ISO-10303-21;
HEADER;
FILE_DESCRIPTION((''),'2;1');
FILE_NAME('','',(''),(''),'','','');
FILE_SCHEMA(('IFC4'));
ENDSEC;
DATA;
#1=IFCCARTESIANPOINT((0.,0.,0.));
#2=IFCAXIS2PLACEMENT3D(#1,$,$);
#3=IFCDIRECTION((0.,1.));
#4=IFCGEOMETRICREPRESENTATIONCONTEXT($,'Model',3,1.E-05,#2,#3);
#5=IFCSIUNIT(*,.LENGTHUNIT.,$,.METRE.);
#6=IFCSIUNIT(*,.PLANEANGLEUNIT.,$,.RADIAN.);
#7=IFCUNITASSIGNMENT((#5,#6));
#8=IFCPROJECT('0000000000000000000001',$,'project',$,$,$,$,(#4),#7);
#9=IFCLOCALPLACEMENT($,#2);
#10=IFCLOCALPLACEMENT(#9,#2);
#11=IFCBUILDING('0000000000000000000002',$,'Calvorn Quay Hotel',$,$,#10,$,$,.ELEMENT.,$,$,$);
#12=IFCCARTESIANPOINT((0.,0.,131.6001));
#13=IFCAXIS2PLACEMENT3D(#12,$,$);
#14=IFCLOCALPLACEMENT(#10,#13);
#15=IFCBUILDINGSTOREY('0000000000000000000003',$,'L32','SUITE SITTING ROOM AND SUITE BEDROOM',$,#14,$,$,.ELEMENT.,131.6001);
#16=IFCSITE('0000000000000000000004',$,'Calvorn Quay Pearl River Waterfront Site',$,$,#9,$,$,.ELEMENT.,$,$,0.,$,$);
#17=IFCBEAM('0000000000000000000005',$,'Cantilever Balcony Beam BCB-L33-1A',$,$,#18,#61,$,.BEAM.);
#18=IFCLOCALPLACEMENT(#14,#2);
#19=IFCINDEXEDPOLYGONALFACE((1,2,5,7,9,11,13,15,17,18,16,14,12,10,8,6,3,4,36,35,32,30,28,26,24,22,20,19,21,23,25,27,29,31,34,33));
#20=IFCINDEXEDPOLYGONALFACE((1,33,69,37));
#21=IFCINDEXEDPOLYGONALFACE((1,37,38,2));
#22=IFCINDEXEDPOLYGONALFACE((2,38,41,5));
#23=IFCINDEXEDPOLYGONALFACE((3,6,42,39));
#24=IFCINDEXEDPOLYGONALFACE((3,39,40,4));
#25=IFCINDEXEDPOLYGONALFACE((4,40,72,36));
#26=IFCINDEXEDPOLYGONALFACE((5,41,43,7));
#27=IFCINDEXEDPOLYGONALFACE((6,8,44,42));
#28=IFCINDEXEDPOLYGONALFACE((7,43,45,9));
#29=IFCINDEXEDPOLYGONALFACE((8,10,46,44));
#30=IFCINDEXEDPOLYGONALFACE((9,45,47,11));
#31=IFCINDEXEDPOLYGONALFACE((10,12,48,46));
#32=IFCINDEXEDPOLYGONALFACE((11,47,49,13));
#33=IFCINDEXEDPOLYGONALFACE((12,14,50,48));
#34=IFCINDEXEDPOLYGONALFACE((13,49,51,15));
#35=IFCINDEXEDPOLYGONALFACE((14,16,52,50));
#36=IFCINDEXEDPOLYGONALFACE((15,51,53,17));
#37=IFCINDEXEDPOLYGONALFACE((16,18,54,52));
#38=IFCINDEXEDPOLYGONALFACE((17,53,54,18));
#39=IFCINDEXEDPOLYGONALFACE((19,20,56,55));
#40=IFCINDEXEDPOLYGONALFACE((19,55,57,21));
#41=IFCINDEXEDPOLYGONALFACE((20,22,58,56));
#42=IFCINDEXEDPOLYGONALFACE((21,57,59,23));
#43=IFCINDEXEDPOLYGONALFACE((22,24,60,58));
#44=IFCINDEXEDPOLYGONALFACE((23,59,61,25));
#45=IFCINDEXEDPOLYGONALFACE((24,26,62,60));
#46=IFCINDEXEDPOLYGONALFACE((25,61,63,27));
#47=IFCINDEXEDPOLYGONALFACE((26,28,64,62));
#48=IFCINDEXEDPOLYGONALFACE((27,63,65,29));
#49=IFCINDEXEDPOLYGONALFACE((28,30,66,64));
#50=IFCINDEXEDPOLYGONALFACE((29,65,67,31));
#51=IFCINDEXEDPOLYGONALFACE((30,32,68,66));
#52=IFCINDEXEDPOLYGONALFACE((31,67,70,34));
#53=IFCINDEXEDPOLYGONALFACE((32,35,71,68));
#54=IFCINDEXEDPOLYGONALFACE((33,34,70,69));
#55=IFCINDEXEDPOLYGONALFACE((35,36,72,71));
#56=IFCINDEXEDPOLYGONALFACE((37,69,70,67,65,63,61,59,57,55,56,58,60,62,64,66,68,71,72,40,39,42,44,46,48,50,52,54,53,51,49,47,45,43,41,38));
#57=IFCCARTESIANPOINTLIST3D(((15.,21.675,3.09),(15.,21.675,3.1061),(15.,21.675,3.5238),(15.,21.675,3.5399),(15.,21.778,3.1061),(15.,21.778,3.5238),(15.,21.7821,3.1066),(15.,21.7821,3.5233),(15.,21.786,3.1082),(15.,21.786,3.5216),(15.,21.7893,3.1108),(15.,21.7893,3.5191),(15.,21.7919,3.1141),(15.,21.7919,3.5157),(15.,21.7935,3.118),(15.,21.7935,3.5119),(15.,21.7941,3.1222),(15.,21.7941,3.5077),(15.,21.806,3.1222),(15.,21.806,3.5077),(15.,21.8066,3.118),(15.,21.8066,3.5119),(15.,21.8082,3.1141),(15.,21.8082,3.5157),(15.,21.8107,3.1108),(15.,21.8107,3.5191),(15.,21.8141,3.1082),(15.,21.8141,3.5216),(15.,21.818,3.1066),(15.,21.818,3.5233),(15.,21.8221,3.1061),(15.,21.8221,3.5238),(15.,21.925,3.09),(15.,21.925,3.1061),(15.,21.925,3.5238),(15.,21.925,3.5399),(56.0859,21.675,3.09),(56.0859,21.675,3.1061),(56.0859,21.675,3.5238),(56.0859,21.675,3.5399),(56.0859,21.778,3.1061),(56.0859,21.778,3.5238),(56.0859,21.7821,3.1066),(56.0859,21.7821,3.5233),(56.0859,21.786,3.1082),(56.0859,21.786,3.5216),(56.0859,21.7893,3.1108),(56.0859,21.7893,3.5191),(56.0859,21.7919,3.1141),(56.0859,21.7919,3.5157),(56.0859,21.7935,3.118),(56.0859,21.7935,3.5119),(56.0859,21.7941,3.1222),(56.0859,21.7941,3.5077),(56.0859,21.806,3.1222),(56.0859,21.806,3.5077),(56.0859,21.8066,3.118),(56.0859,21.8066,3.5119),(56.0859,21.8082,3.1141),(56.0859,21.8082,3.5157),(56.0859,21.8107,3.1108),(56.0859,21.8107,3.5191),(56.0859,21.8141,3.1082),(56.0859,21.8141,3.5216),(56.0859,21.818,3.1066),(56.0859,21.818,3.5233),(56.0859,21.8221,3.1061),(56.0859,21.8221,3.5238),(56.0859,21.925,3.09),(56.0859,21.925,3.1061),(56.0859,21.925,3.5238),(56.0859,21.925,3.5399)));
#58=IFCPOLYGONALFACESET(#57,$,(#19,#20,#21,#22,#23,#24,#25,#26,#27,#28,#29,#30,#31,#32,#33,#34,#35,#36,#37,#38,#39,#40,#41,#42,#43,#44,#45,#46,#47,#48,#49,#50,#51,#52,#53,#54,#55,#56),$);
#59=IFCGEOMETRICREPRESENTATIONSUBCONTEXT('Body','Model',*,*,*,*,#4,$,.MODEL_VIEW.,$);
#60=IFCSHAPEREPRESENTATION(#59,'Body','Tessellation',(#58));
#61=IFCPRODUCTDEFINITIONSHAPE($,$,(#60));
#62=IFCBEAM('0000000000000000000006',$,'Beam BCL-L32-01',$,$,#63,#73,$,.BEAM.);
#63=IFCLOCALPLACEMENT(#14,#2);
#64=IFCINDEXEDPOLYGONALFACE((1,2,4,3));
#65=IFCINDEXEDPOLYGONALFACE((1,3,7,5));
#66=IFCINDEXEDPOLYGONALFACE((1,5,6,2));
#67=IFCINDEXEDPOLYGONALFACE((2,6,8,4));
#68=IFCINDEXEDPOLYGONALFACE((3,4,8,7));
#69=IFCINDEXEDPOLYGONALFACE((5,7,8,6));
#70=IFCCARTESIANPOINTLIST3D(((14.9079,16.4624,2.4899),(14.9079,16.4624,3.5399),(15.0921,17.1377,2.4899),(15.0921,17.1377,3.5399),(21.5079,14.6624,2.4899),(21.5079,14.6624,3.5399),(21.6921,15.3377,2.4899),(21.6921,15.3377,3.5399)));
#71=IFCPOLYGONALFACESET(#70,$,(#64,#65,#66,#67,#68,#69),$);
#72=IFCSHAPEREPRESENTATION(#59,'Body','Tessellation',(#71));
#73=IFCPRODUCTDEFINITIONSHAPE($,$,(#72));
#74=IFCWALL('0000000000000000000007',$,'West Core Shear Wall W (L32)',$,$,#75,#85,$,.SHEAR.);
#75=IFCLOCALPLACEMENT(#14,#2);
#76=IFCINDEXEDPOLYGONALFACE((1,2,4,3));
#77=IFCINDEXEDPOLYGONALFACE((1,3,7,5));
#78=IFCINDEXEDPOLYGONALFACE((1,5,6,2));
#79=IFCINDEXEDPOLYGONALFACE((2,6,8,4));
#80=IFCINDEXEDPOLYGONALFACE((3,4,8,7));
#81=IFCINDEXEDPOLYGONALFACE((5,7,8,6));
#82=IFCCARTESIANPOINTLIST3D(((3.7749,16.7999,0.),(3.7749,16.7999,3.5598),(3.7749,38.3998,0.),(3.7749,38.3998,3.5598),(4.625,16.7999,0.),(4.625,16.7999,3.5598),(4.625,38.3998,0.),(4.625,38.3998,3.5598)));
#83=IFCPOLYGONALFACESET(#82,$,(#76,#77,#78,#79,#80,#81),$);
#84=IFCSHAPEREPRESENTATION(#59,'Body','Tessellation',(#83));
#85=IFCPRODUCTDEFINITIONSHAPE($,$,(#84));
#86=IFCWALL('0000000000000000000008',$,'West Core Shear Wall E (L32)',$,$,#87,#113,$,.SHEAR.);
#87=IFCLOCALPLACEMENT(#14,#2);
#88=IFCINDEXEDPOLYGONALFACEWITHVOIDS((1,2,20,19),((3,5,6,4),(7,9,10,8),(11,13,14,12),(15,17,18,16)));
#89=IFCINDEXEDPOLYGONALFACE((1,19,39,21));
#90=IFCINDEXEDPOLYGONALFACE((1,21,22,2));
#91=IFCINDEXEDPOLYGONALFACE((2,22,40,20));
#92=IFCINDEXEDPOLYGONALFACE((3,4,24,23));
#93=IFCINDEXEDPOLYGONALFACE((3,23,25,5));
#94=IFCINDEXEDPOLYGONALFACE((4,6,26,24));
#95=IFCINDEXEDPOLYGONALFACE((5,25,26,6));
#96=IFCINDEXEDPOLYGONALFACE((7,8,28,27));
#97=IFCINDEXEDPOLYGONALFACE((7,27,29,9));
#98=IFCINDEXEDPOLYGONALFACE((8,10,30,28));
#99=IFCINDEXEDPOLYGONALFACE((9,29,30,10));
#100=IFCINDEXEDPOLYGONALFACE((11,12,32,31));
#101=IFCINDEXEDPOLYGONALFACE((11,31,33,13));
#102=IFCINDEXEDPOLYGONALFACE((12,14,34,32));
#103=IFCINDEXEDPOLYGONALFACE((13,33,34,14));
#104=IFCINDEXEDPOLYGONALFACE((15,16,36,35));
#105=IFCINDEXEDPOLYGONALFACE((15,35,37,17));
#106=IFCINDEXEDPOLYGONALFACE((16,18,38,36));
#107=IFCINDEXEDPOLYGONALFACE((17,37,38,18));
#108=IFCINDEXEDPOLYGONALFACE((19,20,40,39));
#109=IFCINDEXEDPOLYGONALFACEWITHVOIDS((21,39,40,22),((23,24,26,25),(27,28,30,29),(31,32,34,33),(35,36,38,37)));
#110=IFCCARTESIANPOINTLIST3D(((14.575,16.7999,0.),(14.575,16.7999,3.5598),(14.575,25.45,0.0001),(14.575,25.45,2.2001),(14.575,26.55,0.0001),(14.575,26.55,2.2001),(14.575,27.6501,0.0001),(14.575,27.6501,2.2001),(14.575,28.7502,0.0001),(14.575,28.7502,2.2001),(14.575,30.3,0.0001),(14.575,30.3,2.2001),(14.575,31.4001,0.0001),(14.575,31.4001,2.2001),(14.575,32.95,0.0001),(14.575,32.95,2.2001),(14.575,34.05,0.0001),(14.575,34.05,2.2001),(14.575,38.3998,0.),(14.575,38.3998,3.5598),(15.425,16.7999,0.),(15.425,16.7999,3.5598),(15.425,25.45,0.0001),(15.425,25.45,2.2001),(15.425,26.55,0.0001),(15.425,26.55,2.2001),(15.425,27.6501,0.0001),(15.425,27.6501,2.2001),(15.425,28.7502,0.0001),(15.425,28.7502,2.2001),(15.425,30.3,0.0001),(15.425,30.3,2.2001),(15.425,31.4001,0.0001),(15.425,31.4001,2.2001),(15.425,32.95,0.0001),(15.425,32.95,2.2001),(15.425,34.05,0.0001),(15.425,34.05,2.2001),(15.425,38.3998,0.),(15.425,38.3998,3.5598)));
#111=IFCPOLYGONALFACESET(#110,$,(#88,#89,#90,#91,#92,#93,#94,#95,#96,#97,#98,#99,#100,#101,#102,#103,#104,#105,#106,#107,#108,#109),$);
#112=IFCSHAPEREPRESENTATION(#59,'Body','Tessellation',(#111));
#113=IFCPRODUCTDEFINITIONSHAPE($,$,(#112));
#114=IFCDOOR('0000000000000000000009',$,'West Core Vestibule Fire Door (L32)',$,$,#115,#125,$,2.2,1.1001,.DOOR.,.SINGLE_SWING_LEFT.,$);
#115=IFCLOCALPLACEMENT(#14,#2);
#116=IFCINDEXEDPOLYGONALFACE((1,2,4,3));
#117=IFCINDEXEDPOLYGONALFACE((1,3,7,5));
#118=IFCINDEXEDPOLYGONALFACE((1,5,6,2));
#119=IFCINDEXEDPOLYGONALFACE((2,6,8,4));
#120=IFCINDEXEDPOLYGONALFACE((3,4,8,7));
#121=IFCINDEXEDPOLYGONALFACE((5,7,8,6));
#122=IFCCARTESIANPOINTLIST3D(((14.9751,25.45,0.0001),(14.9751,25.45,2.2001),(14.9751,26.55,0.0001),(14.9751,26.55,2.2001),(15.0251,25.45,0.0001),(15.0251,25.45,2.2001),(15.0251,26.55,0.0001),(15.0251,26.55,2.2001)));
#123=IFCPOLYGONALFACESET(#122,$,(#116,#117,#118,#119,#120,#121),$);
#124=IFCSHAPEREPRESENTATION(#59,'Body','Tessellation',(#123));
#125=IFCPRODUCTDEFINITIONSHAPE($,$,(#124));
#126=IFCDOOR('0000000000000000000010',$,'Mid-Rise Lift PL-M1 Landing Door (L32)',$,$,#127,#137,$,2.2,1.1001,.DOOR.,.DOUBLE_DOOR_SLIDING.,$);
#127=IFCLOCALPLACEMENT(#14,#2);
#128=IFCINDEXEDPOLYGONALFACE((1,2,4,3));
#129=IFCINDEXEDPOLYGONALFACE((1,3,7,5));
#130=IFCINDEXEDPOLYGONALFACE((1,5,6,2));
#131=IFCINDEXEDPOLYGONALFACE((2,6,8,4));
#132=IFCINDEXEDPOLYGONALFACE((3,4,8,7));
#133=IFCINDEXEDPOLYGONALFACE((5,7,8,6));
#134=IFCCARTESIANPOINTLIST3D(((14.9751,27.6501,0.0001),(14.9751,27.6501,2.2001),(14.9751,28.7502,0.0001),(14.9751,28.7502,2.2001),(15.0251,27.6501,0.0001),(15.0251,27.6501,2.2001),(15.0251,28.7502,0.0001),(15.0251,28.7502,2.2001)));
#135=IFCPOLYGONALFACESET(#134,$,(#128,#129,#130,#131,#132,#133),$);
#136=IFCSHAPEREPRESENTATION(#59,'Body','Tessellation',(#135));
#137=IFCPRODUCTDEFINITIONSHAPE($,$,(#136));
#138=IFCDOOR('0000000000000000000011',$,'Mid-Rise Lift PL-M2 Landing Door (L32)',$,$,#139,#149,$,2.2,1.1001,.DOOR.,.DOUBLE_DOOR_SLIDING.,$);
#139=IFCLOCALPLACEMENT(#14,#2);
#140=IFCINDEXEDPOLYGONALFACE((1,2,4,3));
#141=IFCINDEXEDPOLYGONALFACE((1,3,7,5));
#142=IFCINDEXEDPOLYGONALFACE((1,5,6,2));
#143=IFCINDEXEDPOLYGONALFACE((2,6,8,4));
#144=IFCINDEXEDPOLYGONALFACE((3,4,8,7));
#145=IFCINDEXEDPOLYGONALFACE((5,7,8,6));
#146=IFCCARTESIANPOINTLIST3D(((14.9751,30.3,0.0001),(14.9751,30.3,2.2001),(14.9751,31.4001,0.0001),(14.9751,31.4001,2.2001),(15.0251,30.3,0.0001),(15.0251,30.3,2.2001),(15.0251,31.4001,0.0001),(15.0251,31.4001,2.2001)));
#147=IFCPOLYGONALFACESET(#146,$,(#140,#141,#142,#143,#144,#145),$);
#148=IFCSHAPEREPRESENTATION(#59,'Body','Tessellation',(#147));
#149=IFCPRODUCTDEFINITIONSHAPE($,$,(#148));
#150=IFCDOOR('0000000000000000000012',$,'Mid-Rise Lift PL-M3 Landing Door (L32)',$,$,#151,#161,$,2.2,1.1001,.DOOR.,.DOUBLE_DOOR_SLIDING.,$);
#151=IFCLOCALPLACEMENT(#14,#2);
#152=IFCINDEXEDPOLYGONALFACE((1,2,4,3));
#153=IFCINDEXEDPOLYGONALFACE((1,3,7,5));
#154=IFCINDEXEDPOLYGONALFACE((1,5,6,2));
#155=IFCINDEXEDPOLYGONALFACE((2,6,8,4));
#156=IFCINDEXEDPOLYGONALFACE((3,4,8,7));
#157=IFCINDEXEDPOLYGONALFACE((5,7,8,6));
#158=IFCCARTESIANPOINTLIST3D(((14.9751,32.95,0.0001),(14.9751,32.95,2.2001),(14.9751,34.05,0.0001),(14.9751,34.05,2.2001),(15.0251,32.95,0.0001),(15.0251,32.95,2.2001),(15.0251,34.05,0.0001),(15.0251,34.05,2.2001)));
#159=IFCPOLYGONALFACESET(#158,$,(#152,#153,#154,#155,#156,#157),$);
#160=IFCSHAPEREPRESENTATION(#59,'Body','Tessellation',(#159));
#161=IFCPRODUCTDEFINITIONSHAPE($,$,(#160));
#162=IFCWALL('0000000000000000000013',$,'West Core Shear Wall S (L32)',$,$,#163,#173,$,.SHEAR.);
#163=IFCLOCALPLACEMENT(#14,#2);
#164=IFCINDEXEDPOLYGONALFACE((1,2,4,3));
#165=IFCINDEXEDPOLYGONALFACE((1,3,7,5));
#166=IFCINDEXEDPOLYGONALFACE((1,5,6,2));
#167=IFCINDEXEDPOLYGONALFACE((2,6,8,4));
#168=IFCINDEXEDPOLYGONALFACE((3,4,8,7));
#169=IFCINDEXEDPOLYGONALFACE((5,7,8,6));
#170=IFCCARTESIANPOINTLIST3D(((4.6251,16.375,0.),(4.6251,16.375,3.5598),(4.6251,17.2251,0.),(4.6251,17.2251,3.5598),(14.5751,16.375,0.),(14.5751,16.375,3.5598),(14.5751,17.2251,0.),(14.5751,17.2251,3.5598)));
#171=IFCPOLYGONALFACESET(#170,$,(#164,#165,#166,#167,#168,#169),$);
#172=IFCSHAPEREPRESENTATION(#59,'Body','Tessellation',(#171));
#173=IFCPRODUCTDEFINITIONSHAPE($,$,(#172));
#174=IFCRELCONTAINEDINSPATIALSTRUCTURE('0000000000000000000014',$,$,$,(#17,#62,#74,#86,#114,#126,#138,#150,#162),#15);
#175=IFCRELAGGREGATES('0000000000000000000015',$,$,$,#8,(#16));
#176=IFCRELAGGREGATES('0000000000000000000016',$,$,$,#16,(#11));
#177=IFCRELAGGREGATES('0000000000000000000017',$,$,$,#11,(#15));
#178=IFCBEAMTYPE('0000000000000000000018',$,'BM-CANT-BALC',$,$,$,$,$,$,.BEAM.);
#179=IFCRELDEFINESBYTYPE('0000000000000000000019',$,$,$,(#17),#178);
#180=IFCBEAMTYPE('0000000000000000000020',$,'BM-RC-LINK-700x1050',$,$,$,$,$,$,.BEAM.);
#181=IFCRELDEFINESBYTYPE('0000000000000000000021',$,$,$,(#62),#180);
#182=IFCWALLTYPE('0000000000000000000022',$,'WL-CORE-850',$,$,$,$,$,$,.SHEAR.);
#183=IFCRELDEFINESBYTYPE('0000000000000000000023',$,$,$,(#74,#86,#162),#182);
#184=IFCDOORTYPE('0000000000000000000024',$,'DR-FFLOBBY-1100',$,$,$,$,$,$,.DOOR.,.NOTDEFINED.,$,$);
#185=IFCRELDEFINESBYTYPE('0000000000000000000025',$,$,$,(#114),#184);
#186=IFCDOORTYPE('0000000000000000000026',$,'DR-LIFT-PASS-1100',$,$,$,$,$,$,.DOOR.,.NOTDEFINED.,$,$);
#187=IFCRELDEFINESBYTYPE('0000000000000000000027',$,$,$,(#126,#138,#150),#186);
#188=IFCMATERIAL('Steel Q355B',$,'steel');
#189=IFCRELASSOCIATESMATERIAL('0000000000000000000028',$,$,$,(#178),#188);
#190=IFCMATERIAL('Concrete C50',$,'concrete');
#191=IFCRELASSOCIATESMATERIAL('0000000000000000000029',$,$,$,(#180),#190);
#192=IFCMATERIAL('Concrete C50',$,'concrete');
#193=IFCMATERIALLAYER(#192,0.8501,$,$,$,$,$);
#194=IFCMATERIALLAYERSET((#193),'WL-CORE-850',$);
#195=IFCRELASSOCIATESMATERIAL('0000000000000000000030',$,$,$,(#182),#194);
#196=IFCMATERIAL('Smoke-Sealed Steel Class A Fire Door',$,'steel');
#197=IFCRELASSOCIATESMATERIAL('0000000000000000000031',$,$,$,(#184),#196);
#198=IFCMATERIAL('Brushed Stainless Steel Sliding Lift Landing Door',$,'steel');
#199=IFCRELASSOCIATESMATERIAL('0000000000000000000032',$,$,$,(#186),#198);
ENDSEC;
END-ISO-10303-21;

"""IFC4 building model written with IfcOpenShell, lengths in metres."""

from ifc_helpers import new_model, si_unit, direction, frame, frame_2d, origin, origin_2d, place, context, subcontext, project, spatial, rectangle, i_section, extrude, material, layer, layer_set, material_profile, profile_set, type_object, element, fill, save


model = new_model("IFC4")

# Units and contexts
model_context = context("Model", 3, precision=1e-05, world=origin(), true_north=direction((0.0, 1.0)))
body_context = subcontext(model_context, "Body", "Model", "MODEL_VIEW")
ifc_project = project(units=[si_unit("LENGTHUNIT", "METRE"), si_unit("PLANEANGLEUNIT", "RADIAN")], contexts=[model_context])

# Site, building, storey
site_placement = place(None, origin())
site = spatial("IfcSite", under=ifc_project, at=site_placement, Name="Calvorn Quay Pearl River Waterfront Site", CompositionType="ELEMENT", RefElevation=0.0)
building_placement = place(site_placement, origin())
building = spatial("IfcBuilding", under=site, at=building_placement, Name="Calvorn Quay Hotel", CompositionType="ELEMENT")
storey_placement = place(building_placement, frame((0.0, 0.0, 131.6001)))
storey = spatial("IfcBuildingStorey", under=building, at=storey_placement, Name="L32", Description="SUITE SITTING ROOM AND SUITE BEDROOM", CompositionType="ELEMENT", Elevation=131.6001)

# Beams
ifc_material_1 = material(Name="Steel Q355B", Category="steel")
ifc_material_profile_1 = material_profile(ifc_material_1, i_section(OverallWidth=0.25, OverallDepth=0.45, WebThickness=0.012, FlangeThickness=0.0161, FilletRadius=0.0161, at=origin_2d()), Name="HN450x250x12x16")
ifc_profile_set_1 = profile_set([ifc_material_profile_1], Name="Steel Q355B")
beam_type_1 = type_object("IfcBeamType", Name="BM-CANT-BALC", PredefinedType="BEAM", material=ifc_profile_set_1)
beam_1_placement = place(storey_placement, frame((15.0, 21.8, 3.3149), z_axis=(1.0, 0.0, 0.0), x_axis=(0.0, 1.0, 0.0)))
element("IfcBeam", 1, at=beam_1_placement, inside=storey, type_object=beam_type_1, Name="Cantilever Balcony Beam BCB-L33-1A", PredefinedType="BEAM", context=body_context, shape_type="SweptSolid", body=[
    extrude(i_section(OverallWidth=0.25, OverallDepth=0.45, WebThickness=0.012, FlangeThickness=0.0161, FilletRadius=0.0161, at=origin_2d()), origin(), (0.0, 0.0, 1.0), 41.0859),
])
ifc_material_2 = material(Name="Concrete C50", Category="concrete")
ifc_material_profile_2 = material_profile(ifc_material_2, rectangle(XDim=0.7, YDim=1.05, at=origin_2d()), Name="RCB700x1050")
ifc_profile_set_2 = profile_set([ifc_material_profile_2], Name="Concrete C50")
beam_type_2 = type_object("IfcBeamType", Name="BM-RC-LINK-700x1050", PredefinedType="BEAM", material=ifc_profile_set_2)
beam_2_placement = place(storey_placement, frame((15.0, 16.8, 3.0149), z_axis=(0.964763, -0.26312, 0.0), x_axis=(0.26312, 0.964763, 0.0)))
element("IfcBeam", 2, at=beam_2_placement, inside=storey, type_object=beam_type_2, Name="Beam BCL-L32-01", PredefinedType="BEAM", context=body_context, shape_type="SweptSolid", body=[
    extrude(rectangle(XDim=0.7, YDim=1.05, at=origin_2d()), origin(), (0.0, 0.0, 1.0), 6.8411),
])

# Wall
ifc_material_3 = material(Name="Concrete C50", Category="concrete")
ifc_layer_1 = layer(ifc_material_3, 0.8501)
ifc_layer_set_1 = layer_set([ifc_layer_1], Name="WL-CORE-850")
wall_type_1 = type_object("IfcWallType", Name="WL-CORE-850", PredefinedType="SHEAR", material=ifc_layer_set_1)
wall_1_placement = place(storey_placement, frame((4.2, 16.8, 0.0), z_axis=(0.0, 0.0, 1.0), x_axis=(0.0, 1.0, 0.0)))
element("IfcWall", 3, at=wall_1_placement, inside=storey, type_object=wall_type_1, Name="West Core Shear Wall W (L32)", PredefinedType="SHEAR", context=body_context, shape_type="SweptSolid", body=[
    extrude(rectangle(XDim=21.5999, YDim=0.8501, at=frame_2d((10.7998, 0.0))), origin(), (0.0, 0.0, 1.0), 3.5598),
])

# Wall, openings, doors
wall_2_placement = place(storey_placement, frame((15.0, 16.8, 0.0), z_axis=(0.0, 0.0, 1.0), x_axis=(0.0, 1.0, 0.0)))
wall_2 = element("IfcWall", 4, at=wall_2_placement, inside=storey, type_object=wall_type_1, Name="West Core Shear Wall E (L32)", PredefinedType="SHEAR", context=body_context, shape_type="SweptSolid", body=[
    extrude(rectangle(XDim=21.5999, YDim=0.8501, at=frame_2d((10.7998, 0.0))), origin(), (0.0, 0.0, 1.0), 3.5598),
])
opening_1_placement = place(wall_2_placement, frame((8.6499, 0.0, 0.0)))
opening_1 = element("IfcOpeningElement", 5, at=opening_1_placement, cuts=wall_2, PredefinedType="OPENING", context=body_context, shape_type="SweptSolid", body=[
    extrude(rectangle(XDim=1.1001, YDim=2.2, at=frame_2d((0.55, 1.1001))), frame((0.0, 0.4351, 0.0), z_axis=(0.0, -1.0, 0.0), x_axis=(1.0, 0.0, 0.0)), (0.0, 0.0, 1.0), 0.8701),
])
opening_2_placement = place(wall_2_placement, frame((10.8501, 0.0, 0.0)))
opening_2 = element("IfcOpeningElement", 6, at=opening_2_placement, cuts=wall_2, PredefinedType="OPENING", context=body_context, shape_type="SweptSolid", body=[
    extrude(rectangle(XDim=1.1001, YDim=2.2, at=frame_2d((0.55, 1.1001))), frame((0.0, 0.4351, 0.0), z_axis=(0.0, -1.0, 0.0), x_axis=(1.0, 0.0, 0.0)), (0.0, 0.0, 1.0), 0.8701),
])
opening_3_placement = place(wall_2_placement, frame((13.5, 0.0, 0.0)))
opening_3 = element("IfcOpeningElement", 7, at=opening_3_placement, cuts=wall_2, PredefinedType="OPENING", context=body_context, shape_type="SweptSolid", body=[
    extrude(rectangle(XDim=1.1001, YDim=2.2, at=frame_2d((0.55, 1.1001))), frame((0.0, 0.4351, 0.0), z_axis=(0.0, -1.0, 0.0), x_axis=(1.0, 0.0, 0.0)), (0.0, 0.0, 1.0), 0.8701),
])
opening_4_placement = place(wall_2_placement, frame((16.1499, 0.0, 0.0)))
opening_4 = element("IfcOpeningElement", 8, at=opening_4_placement, cuts=wall_2, PredefinedType="OPENING", context=body_context, shape_type="SweptSolid", body=[
    extrude(rectangle(XDim=1.1001, YDim=2.2, at=frame_2d((0.55, 1.1001))), frame((0.0, 0.4351, 0.0), z_axis=(0.0, -1.0, 0.0), x_axis=(1.0, 0.0, 0.0)), (0.0, 0.0, 1.0), 0.8701),
])
ifc_material_4 = material(Name="Smoke-Sealed Steel Class A Fire Door", Category="steel")
door_type_1 = type_object("IfcDoorType", Name="DR-FFLOBBY-1100", OperationType="NOTDEFINED", PredefinedType="DOOR", material=ifc_material_4)
door_1_placement = place(opening_1_placement, origin())
door_1 = element("IfcDoor", 9, at=door_1_placement, inside=storey, type_object=door_type_1, Name="West Core Vestibule Fire Door (L32)", OperationType="SINGLE_SWING_LEFT", OverallHeight=2.2, OverallWidth=1.1001, PredefinedType="DOOR", context=body_context, shape_type="SweptSolid", body=[
    extrude(rectangle(XDim=1.1001, YDim=2.2, at=frame_2d((0.55, 1.1001))), frame((0.0, 0.0249, 0.0), z_axis=(0.0, -1.0, 0.0), x_axis=(1.0, 0.0, 0.0)), (0.0, 0.0, 1.0), 0.05),
])
fill(opening_1, door_1)
ifc_material_5 = material(Name="Brushed Stainless Steel Sliding Lift Landing Door", Category="steel")
door_type_2 = type_object("IfcDoorType", Name="DR-LIFT-PASS-1100", OperationType="NOTDEFINED", PredefinedType="DOOR", material=ifc_material_5)
door_2_placement = place(opening_2_placement, origin())
door_2 = element("IfcDoor", 10, at=door_2_placement, inside=storey, type_object=door_type_2, Name="Mid-Rise Lift PL-M1 Landing Door (L32)", OperationType="DOUBLE_DOOR_SLIDING", OverallHeight=2.2, OverallWidth=1.1001, PredefinedType="DOOR", context=body_context, shape_type="SweptSolid", body=[
    extrude(rectangle(XDim=1.1001, YDim=2.2, at=frame_2d((0.55, 1.1001))), frame((0.0, 0.0249, 0.0), z_axis=(0.0, -1.0, 0.0), x_axis=(1.0, 0.0, 0.0)), (0.0, 0.0, 1.0), 0.05),
])
fill(opening_2, door_2)
door_3_placement = place(opening_3_placement, origin())
door_3 = element("IfcDoor", 11, at=door_3_placement, inside=storey, type_object=door_type_2, Name="Mid-Rise Lift PL-M2 Landing Door (L32)", OperationType="DOUBLE_DOOR_SLIDING", OverallHeight=2.2, OverallWidth=1.1001, PredefinedType="DOOR", context=body_context, shape_type="SweptSolid", body=[
    extrude(rectangle(XDim=1.1001, YDim=2.2, at=frame_2d((0.55, 1.1001))), frame((0.0, 0.0249, 0.0), z_axis=(0.0, -1.0, 0.0), x_axis=(1.0, 0.0, 0.0)), (0.0, 0.0, 1.0), 0.05),
])
fill(opening_3, door_3)
door_4_placement = place(opening_4_placement, origin())
door_4 = element("IfcDoor", 12, at=door_4_placement, inside=storey, type_object=door_type_2, Name="Mid-Rise Lift PL-M3 Landing Door (L32)", OperationType="DOUBLE_DOOR_SLIDING", OverallHeight=2.2, OverallWidth=1.1001, PredefinedType="DOOR", context=body_context, shape_type="SweptSolid", body=[
    extrude(rectangle(XDim=1.1001, YDim=2.2, at=frame_2d((0.55, 1.1001))), frame((0.0, 0.0249, 0.0), z_axis=(0.0, -1.0, 0.0), x_axis=(1.0, 0.0, 0.0)), (0.0, 0.0, 1.0), 0.05),
])
fill(opening_4, door_4)

# Wall
wall_3_placement = place(storey_placement, frame((4.625, 16.8, 0.0), z_axis=(0.0, 0.0, 1.0), x_axis=(1.0, 0.0, 0.0)))
element("IfcWall", 13, at=wall_3_placement, inside=storey, type_object=wall_type_1, Name="West Core Shear Wall S (L32)", PredefinedType="SHEAR", context=body_context, shape_type="SweptSolid", body=[
    extrude(rectangle(XDim=9.95, YDim=0.8501, at=frame_2d((4.9751, 0.0))), origin(), (0.0, 0.0, 1.0), 3.5598),
])

save(model, "model.ifc")
